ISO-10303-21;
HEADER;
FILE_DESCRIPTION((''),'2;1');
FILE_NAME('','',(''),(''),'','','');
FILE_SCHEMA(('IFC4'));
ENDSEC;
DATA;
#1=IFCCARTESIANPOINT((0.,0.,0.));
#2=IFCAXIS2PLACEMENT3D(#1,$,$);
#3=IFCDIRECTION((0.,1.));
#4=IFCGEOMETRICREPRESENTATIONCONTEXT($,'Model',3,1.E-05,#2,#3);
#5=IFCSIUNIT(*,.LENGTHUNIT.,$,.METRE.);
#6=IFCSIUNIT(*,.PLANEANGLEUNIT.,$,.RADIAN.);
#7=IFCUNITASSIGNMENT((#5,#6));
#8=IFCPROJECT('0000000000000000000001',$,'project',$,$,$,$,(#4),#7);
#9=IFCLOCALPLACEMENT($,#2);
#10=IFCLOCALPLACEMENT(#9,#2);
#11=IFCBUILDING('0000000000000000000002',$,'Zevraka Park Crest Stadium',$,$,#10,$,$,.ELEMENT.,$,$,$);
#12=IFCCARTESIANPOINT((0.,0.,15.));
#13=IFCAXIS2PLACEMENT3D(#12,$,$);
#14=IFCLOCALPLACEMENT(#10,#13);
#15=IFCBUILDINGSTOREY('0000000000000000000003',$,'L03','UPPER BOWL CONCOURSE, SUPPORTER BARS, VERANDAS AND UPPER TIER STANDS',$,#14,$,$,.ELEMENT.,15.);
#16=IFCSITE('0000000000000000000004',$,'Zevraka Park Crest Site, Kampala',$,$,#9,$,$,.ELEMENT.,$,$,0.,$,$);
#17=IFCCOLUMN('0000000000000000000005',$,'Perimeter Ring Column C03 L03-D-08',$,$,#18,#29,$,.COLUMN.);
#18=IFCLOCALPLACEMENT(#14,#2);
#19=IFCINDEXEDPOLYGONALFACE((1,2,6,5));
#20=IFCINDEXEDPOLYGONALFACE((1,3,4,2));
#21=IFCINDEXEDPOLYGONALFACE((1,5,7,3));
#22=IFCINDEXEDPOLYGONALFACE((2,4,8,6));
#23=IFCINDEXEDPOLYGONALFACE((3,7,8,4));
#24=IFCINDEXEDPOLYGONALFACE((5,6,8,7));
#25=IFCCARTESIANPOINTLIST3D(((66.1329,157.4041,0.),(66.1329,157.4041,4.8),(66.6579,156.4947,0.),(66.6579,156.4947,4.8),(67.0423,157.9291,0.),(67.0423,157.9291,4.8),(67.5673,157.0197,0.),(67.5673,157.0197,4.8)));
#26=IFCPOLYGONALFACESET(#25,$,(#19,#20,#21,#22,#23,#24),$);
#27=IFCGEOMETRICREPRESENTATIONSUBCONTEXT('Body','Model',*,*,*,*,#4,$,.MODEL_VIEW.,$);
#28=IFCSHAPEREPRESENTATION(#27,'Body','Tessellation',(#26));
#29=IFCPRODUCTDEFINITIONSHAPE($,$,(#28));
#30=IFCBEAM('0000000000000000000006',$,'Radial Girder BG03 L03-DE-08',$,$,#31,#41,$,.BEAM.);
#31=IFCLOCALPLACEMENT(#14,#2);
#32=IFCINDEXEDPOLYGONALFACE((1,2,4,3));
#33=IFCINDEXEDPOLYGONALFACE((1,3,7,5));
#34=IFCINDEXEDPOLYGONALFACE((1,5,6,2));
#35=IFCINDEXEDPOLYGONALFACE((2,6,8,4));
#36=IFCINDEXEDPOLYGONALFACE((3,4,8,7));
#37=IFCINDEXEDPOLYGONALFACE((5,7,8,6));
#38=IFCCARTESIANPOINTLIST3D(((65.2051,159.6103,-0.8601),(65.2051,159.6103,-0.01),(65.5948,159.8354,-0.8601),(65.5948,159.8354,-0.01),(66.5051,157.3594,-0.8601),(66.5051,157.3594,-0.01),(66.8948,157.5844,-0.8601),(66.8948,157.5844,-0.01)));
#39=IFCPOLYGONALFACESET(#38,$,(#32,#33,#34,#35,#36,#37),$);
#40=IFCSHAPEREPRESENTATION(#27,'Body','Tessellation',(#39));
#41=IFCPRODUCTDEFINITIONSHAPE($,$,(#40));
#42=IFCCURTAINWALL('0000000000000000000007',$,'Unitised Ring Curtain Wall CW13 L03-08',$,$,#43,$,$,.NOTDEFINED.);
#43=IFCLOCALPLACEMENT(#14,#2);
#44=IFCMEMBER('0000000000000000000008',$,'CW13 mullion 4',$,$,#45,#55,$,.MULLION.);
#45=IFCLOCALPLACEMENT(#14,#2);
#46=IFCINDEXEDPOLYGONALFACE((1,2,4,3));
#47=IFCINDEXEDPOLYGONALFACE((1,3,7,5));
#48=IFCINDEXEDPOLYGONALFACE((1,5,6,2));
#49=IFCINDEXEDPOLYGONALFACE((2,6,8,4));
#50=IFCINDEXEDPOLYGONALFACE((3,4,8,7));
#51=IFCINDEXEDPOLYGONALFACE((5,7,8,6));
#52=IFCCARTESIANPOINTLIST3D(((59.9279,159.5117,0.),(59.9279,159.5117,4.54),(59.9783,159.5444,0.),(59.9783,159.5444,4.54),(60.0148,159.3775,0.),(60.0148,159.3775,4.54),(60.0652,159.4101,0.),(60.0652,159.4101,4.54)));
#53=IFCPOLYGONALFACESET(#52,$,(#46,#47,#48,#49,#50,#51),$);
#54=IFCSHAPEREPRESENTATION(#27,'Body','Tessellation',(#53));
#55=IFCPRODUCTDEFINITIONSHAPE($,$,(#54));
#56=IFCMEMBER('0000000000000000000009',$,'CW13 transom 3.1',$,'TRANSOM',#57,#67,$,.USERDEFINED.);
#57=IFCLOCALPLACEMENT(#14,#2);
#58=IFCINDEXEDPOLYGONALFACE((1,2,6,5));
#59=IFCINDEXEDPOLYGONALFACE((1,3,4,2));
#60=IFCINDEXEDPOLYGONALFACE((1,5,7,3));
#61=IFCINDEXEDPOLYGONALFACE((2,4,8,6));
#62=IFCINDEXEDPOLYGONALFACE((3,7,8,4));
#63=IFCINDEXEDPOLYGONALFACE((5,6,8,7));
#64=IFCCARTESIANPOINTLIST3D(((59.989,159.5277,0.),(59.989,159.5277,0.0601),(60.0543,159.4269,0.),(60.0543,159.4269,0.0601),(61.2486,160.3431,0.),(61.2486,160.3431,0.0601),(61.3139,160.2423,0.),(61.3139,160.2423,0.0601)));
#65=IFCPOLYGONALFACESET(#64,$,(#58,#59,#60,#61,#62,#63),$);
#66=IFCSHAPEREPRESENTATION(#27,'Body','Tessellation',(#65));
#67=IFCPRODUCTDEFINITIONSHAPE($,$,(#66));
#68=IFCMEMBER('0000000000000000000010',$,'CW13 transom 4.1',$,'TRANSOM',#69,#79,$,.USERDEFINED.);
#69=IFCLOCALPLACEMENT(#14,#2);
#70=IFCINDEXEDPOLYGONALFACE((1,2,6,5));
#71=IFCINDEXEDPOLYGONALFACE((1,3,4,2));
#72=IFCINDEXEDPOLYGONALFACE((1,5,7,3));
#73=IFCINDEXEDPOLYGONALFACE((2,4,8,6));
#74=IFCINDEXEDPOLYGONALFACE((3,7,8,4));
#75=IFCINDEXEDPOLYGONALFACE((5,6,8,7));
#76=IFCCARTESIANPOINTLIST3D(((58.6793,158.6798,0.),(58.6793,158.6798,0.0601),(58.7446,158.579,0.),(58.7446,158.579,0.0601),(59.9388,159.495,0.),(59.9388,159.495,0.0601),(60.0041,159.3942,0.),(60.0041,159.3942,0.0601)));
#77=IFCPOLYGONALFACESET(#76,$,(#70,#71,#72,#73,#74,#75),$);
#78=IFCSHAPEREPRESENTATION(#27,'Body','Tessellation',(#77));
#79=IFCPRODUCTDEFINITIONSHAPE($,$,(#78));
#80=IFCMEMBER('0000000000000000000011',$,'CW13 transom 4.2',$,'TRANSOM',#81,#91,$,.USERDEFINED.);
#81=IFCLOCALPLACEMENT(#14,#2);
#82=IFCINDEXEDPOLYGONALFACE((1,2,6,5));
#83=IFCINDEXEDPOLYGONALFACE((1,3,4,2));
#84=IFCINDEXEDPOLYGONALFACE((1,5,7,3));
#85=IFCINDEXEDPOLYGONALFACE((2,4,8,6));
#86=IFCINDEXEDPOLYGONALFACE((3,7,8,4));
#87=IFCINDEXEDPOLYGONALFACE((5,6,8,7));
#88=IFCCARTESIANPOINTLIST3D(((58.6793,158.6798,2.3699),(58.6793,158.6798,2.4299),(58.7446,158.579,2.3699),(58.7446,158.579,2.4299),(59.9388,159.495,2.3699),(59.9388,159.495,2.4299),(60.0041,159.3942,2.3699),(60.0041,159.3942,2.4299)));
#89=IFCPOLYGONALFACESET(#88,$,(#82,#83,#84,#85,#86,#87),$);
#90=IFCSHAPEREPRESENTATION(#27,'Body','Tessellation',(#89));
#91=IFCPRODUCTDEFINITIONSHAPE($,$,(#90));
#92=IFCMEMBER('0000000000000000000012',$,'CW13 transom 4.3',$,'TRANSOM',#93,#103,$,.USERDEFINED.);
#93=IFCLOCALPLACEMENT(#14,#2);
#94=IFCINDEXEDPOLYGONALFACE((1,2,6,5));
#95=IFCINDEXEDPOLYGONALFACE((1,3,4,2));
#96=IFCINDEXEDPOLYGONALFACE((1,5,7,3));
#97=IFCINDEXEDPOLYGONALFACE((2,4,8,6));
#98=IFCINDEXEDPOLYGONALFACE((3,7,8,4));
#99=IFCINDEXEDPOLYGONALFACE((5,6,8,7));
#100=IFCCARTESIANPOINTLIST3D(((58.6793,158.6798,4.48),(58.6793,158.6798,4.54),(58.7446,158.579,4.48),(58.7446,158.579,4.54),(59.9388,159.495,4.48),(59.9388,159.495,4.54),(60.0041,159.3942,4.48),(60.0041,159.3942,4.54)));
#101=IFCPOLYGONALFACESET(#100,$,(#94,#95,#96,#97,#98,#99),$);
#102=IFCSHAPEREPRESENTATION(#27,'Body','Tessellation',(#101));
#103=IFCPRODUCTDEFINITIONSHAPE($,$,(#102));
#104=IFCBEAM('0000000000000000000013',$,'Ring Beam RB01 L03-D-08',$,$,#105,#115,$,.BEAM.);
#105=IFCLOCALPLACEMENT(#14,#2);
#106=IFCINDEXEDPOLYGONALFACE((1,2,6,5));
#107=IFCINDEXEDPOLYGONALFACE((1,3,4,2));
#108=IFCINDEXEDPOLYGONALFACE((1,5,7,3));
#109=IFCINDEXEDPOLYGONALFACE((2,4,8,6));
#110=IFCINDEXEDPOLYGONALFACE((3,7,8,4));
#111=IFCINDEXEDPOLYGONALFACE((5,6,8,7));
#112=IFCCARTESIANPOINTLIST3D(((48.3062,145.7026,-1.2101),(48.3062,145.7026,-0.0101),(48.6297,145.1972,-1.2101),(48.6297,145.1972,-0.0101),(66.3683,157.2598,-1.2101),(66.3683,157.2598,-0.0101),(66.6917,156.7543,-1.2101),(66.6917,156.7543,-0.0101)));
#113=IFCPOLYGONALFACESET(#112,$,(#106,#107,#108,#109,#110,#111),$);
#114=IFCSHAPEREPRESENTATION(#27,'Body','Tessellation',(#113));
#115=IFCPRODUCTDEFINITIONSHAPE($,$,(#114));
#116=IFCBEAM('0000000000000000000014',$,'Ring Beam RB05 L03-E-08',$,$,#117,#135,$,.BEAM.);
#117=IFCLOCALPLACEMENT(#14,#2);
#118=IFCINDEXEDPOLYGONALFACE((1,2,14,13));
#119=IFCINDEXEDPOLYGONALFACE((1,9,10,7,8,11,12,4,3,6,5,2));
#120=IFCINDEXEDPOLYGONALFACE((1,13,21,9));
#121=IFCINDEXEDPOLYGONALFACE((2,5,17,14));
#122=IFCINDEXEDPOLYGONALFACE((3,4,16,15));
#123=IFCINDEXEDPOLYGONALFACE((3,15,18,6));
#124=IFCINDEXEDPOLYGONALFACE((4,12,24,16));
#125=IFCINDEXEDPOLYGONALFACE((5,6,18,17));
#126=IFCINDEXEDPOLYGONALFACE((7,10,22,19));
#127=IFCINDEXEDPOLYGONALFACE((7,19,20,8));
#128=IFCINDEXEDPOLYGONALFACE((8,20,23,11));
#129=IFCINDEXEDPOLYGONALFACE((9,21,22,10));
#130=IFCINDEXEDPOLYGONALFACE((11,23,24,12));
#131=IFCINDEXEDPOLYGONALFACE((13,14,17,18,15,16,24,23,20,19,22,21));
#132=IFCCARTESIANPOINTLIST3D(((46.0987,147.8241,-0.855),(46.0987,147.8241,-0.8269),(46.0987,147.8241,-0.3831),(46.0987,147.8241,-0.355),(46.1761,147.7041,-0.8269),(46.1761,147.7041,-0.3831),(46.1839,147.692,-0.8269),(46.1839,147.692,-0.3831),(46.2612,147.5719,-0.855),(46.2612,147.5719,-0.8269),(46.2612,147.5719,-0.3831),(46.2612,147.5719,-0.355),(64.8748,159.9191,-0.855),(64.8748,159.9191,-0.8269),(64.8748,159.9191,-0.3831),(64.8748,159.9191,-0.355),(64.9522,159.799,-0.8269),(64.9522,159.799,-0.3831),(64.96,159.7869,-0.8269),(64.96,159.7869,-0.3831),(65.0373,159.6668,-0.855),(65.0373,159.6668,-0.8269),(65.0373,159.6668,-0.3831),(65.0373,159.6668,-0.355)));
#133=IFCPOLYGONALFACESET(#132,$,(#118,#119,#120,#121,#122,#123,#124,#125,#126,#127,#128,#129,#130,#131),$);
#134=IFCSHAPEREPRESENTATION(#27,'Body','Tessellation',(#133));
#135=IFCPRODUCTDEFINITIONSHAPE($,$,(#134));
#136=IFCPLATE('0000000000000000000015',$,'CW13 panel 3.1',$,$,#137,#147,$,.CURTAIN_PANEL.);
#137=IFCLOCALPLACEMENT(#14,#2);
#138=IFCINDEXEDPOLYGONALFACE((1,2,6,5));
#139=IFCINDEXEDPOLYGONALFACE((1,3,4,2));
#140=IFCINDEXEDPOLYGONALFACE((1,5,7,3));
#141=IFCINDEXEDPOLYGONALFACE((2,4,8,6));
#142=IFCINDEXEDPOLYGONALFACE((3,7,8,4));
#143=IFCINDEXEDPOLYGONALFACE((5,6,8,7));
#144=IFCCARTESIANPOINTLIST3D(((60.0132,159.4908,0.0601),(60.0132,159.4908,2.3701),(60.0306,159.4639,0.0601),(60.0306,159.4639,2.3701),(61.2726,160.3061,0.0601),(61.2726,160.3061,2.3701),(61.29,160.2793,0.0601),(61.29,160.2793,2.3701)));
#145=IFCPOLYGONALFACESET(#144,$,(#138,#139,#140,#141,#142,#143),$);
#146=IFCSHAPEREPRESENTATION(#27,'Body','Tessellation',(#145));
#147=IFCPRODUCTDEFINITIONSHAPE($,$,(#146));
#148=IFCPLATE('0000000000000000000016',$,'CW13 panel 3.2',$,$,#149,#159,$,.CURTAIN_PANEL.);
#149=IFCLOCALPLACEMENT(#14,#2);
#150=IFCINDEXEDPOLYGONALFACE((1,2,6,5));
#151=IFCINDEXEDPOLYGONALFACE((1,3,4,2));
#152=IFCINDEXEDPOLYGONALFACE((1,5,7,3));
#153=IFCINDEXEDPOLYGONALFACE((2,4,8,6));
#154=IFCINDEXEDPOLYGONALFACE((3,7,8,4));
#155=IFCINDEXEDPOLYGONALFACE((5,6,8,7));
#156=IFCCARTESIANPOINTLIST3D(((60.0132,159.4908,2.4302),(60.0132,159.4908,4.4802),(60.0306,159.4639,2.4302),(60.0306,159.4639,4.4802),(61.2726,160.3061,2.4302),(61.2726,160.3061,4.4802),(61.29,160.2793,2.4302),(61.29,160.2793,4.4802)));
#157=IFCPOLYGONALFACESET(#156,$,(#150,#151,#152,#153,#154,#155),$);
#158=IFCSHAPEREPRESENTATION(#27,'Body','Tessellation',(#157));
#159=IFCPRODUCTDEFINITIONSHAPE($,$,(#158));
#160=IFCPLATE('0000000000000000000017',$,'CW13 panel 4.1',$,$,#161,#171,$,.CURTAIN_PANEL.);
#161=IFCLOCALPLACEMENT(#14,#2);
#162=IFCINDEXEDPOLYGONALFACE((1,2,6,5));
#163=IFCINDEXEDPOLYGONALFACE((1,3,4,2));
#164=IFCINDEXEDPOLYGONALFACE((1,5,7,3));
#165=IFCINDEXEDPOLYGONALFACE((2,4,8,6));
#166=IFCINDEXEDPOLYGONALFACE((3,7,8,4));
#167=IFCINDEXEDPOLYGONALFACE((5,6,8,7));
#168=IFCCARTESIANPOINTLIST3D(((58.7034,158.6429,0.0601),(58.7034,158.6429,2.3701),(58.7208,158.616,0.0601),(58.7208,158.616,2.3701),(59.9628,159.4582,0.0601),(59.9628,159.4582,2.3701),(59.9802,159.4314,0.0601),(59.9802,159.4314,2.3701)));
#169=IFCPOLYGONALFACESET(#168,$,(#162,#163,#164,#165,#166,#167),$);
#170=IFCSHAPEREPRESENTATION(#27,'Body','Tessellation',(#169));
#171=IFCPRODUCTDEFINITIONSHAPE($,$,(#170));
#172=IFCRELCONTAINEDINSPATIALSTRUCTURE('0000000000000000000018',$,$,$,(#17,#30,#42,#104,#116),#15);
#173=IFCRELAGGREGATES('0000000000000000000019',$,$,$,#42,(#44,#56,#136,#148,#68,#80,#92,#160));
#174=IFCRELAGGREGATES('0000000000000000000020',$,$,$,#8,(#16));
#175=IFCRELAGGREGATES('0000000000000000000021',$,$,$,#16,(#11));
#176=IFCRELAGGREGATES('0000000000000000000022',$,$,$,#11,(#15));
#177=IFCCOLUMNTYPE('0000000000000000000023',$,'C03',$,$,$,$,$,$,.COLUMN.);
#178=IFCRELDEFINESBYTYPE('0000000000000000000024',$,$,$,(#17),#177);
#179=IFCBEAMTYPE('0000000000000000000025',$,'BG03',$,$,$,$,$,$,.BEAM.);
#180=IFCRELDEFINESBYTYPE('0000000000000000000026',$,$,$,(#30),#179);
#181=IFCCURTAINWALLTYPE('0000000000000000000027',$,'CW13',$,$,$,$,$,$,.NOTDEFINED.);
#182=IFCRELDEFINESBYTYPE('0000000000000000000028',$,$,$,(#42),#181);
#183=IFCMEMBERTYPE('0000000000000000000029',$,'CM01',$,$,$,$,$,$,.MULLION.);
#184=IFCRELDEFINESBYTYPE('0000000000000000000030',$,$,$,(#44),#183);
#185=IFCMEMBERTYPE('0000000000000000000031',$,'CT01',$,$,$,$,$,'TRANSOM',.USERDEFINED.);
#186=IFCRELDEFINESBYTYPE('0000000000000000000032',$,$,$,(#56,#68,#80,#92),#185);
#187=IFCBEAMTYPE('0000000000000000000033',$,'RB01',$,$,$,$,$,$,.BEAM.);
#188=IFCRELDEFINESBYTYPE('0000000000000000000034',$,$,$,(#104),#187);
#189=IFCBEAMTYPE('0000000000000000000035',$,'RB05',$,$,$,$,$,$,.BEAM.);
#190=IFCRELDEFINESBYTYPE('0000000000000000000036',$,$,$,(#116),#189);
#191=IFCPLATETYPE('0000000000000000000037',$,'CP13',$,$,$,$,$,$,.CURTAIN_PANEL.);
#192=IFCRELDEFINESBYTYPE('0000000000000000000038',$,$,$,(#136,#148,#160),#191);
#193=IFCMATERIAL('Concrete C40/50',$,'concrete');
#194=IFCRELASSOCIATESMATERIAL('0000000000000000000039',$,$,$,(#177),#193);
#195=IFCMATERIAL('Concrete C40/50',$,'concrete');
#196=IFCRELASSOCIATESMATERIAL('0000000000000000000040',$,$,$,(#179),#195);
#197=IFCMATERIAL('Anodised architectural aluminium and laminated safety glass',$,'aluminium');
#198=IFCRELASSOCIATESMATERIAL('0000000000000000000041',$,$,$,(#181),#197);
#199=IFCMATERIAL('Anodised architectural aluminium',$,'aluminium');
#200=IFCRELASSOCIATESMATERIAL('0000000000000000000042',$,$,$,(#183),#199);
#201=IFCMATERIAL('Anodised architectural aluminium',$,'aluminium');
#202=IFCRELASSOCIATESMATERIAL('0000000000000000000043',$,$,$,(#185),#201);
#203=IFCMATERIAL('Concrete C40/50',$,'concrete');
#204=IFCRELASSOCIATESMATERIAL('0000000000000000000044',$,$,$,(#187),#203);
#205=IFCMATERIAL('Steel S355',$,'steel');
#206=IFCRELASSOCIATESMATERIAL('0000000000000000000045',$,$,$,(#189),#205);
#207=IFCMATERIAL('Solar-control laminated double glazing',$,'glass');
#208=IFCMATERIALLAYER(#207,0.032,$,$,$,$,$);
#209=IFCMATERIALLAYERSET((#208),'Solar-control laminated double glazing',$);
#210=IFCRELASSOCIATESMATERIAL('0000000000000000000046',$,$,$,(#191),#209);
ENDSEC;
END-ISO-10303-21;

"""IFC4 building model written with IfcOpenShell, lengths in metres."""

from ifc_helpers import new_model, si_unit, direction, frame, origin, origin_2d, place, context, subcontext, project, spatial, rectangle, i_section, extrude, material, layer, layer_set, material_profile, profile_set, type_object, element, aggregate, save


model = new_model("IFC4")

# Units and contexts
model_context = context("Model", 3, precision=1e-05, world=origin(), true_north=direction((0.0, 1.0)))
body_context = subcontext(model_context, "Body", "Model", "MODEL_VIEW")
ifc_project = project(units=[si_unit("LENGTHUNIT", "METRE"), si_unit("PLANEANGLEUNIT", "RADIAN")], contexts=[model_context])

# Site, building, storey
site_placement = place(None, origin())
site = spatial("IfcSite", under=ifc_project, at=site_placement, Name="Zevraka Park Crest Site, Kampala", CompositionType="ELEMENT", RefElevation=0.0)
building_placement = place(site_placement, origin())
building = spatial("IfcBuilding", under=site, at=building_placement, Name="Zevraka Park Crest Stadium", CompositionType="ELEMENT")
storey_placement = place(building_placement, frame((0.0, 0.0, 15.0)))
storey = spatial("IfcBuildingStorey", under=building, at=storey_placement, Name="L03", Description="UPPER BOWL CONCOURSE, SUPPORTER BARS, VERANDAS AND UPPER TIER STANDS", CompositionType="ELEMENT", Elevation=15.0)

# Column
ifc_material_1 = material(Name="Concrete C40/50", Category="concrete")
ifc_material_profile_1 = material_profile(ifc_material_1, rectangle(XDim=1.05, YDim=1.05, at=origin_2d()), Name="RC 1050x1050")
ifc_profile_set_1 = profile_set([ifc_material_profile_1], Name="Concrete C40/50")
column_type = type_object("IfcColumnType", Name="C03", PredefinedType="COLUMN", material=ifc_profile_set_1)
column_placement = place(storey_placement, frame((66.8501, 157.2119, 0.0), z_axis=(0.0, 0.0, 1.0), x_axis=(-0.5, 0.866025, 0.0)))
element("IfcColumn", 1, at=column_placement, inside=storey, type_object=column_type, Name="Perimeter Ring Column C03 L03-D-08", PredefinedType="COLUMN", context=body_context, shape_type="SweptSolid", body=[
    extrude(rectangle(XDim=1.05, YDim=1.05, at=origin_2d()), origin(), (0.0, 0.0, 1.0), 4.8),
])

# Beam
ifc_material_2 = material(Name="Concrete C40/50", Category="concrete")
ifc_material_profile_2 = material_profile(ifc_material_2, rectangle(XDim=0.45, YDim=0.8501, at=origin_2d()), Name="RC 850x450")
ifc_profile_set_2 = profile_set([ifc_material_profile_2], Name="Concrete C40/50")
beam_type_1 = type_object("IfcBeamType", Name="BG03", PredefinedType="BEAM", material=ifc_profile_set_2)
beam_1_placement = place(storey_placement, frame((66.7, 157.4719, -0.4351), z_axis=(-0.500129, 0.865951, 0.0), x_axis=(-0.865951, -0.500129, 0.0)))
element("IfcBeam", 2, at=beam_1_placement, inside=storey, type_object=beam_type_1, Name="Radial Girder BG03 L03-DE-08", PredefinedType="BEAM", context=body_context, shape_type="SweptSolid", body=[
    extrude(rectangle(XDim=0.45, YDim=0.8501, at=origin_2d()), origin(), (0.0, 0.0, 1.0), 2.5994),
])

# Curtain wall, members
ifc_material_3 = material(Name="Anodised architectural aluminium and laminated safety glass", Category="aluminium")
curtain_wall_type = type_object("IfcCurtainWallType", Name="CW13", PredefinedType="NOTDEFINED", material=ifc_material_3)
curtain_wall_placement = place(storey_placement, origin())
curtain_wall = element("IfcCurtainWall", 3, at=curtain_wall_placement, inside=storey, type_object=curtain_wall_type, Name="Unitised Ring Curtain Wall CW13 L03-08", PredefinedType="NOTDEFINED")
ifc_material_4 = material(Name="Anodised architectural aluminium", Category="aluminium")
ifc_material_profile_3 = material_profile(ifc_material_4, rectangle(XDim=0.1599, YDim=0.0601, at=origin_2d()), Name="ALU MULLION 160x60")
ifc_profile_set_3 = profile_set([ifc_material_profile_3], Name="Anodised architectural aluminium")
member_type_1 = type_object("IfcMemberType", Name="CM01", PredefinedType="MULLION", material=ifc_profile_set_3)
member_1_placement = place(storey_placement, frame((59.9966, 159.4609, 0.0), z_axis=(0.0, 0.0, 1.0), x_axis=(0.543469, -0.839429, 0.0)))
member_1 = element("IfcMember", 4, at=member_1_placement, type_object=member_type_1, Name="CW13 mullion 4", PredefinedType="MULLION", context=body_context, shape_type="SweptSolid", body=[
    extrude(rectangle(XDim=0.1599, YDim=0.0601, at=origin_2d()), origin(), (0.0, 0.0, 1.0), 4.54),
])
ifc_material_5 = material(Name="Anodised architectural aluminium", Category="aluminium")
ifc_material_profile_4 = material_profile(ifc_material_5, rectangle(XDim=0.1201, YDim=0.0601, at=origin_2d()), Name="ALU TRANSOM 120x60")
ifc_profile_set_4 = profile_set([ifc_material_profile_4], Name="Anodised architectural aluminium")
member_type_2 = type_object("IfcMemberType", Name="CT01", ElementType="TRANSOM", PredefinedType="USERDEFINED", material=ifc_profile_set_4)
member_2_placement = place(storey_placement, frame((61.2812, 160.2927, 0.03), z_axis=(-0.839435, -0.54346, 0.0), x_axis=(0.54346, -0.839435, 0.0)))
member_2 = element("IfcMember", 5, at=member_2_placement, type_object=member_type_2, Name="CW13 transom 3.1", ObjectType="TRANSOM", PredefinedType="USERDEFINED", context=body_context, shape_type="SweptSolid", body=[
    extrude(rectangle(XDim=0.1201, YDim=0.0601, at=origin_2d()), origin(), (0.0, 0.0, 1.0), 1.5005),
])
member_3_placement = place(storey_placement, frame((59.9714, 159.4446, 0.03), z_axis=(-0.839509, -0.543346, 0.0), x_axis=(0.543346, -0.839509, 0.0)))
member_3 = element("IfcMember", 6, at=member_3_placement, type_object=member_type_2, Name="CW13 transom 4.1", ObjectType="TRANSOM", PredefinedType="USERDEFINED", context=body_context, shape_type="SweptSolid", body=[
    extrude(rectangle(XDim=0.1201, YDim=0.0601, at=origin_2d()), origin(), (0.0, 0.0, 1.0), 1.5002),
])
member_4_placement = place(storey_placement, frame((59.9714, 159.4446, 2.3999), z_axis=(-0.839509, -0.543346, 0.0), x_axis=(0.543346, -0.839509, 0.0)))
member_4 = element("IfcMember", 7, at=member_4_placement, type_object=member_type_2, Name="CW13 transom 4.2", ObjectType="TRANSOM", PredefinedType="USERDEFINED", context=body_context, shape_type="SweptSolid", body=[
    extrude(rectangle(XDim=0.1201, YDim=0.0601, at=origin_2d()), origin(), (0.0, 0.0, 1.0), 1.5002),
])
member_5_placement = place(storey_placement, frame((59.9714, 159.4446, 4.51), z_axis=(-0.839509, -0.543346, 0.0), x_axis=(0.543346, -0.839509, 0.0)))
member_5 = element("IfcMember", 8, at=member_5_placement, type_object=member_type_2, Name="CW13 transom 4.3", ObjectType="TRANSOM", PredefinedType="USERDEFINED", context=body_context, shape_type="SweptSolid", body=[
    extrude(rectangle(XDim=0.1201, YDim=0.0601, at=origin_2d()), origin(), (0.0, 0.0, 1.0), 1.5002),
])

# Beams
ifc_material_6 = material(Name="Concrete C40/50", Category="concrete")
ifc_material_profile_5 = material_profile(ifc_material_6, rectangle(XDim=0.6001, YDim=1.2, at=origin_2d()), Name="RC 1200x600")
ifc_profile_set_5 = profile_set([ifc_material_profile_5], Name="Concrete C40/50")
beam_type_2 = type_object("IfcBeamType", Name="RB01", PredefinedType="BEAM", material=ifc_profile_set_5)
beam_2_placement = place(storey_placement, frame((66.53, 157.0071, -0.6101), z_axis=(-0.842326, -0.538969, 0.0), x_axis=(0.538969, -0.842326, 0.0)))
element("IfcBeam", 9, at=beam_2_placement, inside=storey, type_object=beam_type_2, Name="Ring Beam RB01 L03-D-08", PredefinedType="BEAM", context=body_context, shape_type="SweptSolid", body=[
    extrude(rectangle(XDim=0.6001, YDim=1.2, at=origin_2d()), origin(), (0.0, 0.0, 1.0), 21.4431),
])
ifc_material_7 = material(Name="Steel S355", Category="steel")
ifc_material_profile_6 = material_profile(ifc_material_7, i_section(OverallWidth=0.3, OverallDepth=0.5, WebThickness=0.0144, FlangeThickness=0.0281, at=origin_2d()), Name="HEB 500")
ifc_profile_set_6 = profile_set([ifc_material_profile_6], Name="Steel S355")
beam_type_3 = type_object("IfcBeamType", Name="RB05", PredefinedType="BEAM", material=ifc_profile_set_6)
beam_3_placement = place(storey_placement, frame((64.9561, 159.793, -0.605), z_axis=(-0.840677, -0.541537, 0.0), x_axis=(0.541537, -0.840677, 0.0)))
element("IfcBeam", 10, at=beam_3_placement, inside=storey, type_object=beam_type_3, Name="Ring Beam RB05 L03-E-08", PredefinedType="BEAM", context=body_context, shape_type="SweptSolid", body=[
    extrude(i_section(OverallWidth=0.3, OverallDepth=0.5, WebThickness=0.0144, FlangeThickness=0.0281, at=origin_2d()), origin(), (0.0, 0.0, 1.0), 22.3345),
])

# Plates
ifc_material_8 = material(Name="Solar-control laminated double glazing", Category="glass")
ifc_layer_1 = layer(ifc_material_8, 0.032)
ifc_layer_set_1 = layer_set([ifc_layer_1], Name="Solar-control laminated double glazing")
plate_type = type_object("IfcPlateType", Name="CP13", PredefinedType="CURTAIN_PANEL", material=ifc_layer_set_1)
plate_1_placement = place(storey_placement, frame((60.6516, 159.885, 0.0601), z_axis=(0.0, 0.0, 1.0), x_axis=(-0.839429, -0.543469, 0.0)))
plate_1 = element("IfcPlate", 11, at=plate_1_placement, type_object=plate_type, Name="CW13 panel 3.1", PredefinedType="CURTAIN_PANEL", context=body_context, shape_type="SweptSolid", body=[
    extrude(rectangle(XDim=1.5002, YDim=0.032, at=origin_2d()), origin(), (0.0, 0.0, 1.0), 2.3101),
])
plate_2_placement = place(storey_placement, frame((60.6516, 159.885, 2.4302), z_axis=(0.0, 0.0, 1.0), x_axis=(-0.839429, -0.543469, 0.0)))
plate_2 = element("IfcPlate", 12, at=plate_2_placement, type_object=plate_type, Name="CW13 panel 3.2", PredefinedType="CURTAIN_PANEL", context=body_context, shape_type="SweptSolid", body=[
    extrude(rectangle(XDim=1.5002, YDim=0.032, at=origin_2d()), origin(), (0.0, 0.0, 1.0), 2.05),
])
plate_3_placement = place(storey_placement, frame((59.3418, 159.0371, 0.0601), z_axis=(0.0, 0.0, 1.0), x_axis=(-0.839429, -0.543469, 0.0)))
plate_3 = element("IfcPlate", 13, at=plate_3_placement, type_object=plate_type, Name="CW13 panel 4.1", PredefinedType="CURTAIN_PANEL", context=body_context, shape_type="SweptSolid", body=[
    extrude(rectangle(XDim=1.5002, YDim=0.032, at=origin_2d()), origin(), (0.0, 0.0, 1.0), 2.3101),
])
aggregate(curtain_wall, [member_1, member_2, plate_1, plate_2, member_3, member_4, member_5, plate_3])

save(model, "model.ifc")
